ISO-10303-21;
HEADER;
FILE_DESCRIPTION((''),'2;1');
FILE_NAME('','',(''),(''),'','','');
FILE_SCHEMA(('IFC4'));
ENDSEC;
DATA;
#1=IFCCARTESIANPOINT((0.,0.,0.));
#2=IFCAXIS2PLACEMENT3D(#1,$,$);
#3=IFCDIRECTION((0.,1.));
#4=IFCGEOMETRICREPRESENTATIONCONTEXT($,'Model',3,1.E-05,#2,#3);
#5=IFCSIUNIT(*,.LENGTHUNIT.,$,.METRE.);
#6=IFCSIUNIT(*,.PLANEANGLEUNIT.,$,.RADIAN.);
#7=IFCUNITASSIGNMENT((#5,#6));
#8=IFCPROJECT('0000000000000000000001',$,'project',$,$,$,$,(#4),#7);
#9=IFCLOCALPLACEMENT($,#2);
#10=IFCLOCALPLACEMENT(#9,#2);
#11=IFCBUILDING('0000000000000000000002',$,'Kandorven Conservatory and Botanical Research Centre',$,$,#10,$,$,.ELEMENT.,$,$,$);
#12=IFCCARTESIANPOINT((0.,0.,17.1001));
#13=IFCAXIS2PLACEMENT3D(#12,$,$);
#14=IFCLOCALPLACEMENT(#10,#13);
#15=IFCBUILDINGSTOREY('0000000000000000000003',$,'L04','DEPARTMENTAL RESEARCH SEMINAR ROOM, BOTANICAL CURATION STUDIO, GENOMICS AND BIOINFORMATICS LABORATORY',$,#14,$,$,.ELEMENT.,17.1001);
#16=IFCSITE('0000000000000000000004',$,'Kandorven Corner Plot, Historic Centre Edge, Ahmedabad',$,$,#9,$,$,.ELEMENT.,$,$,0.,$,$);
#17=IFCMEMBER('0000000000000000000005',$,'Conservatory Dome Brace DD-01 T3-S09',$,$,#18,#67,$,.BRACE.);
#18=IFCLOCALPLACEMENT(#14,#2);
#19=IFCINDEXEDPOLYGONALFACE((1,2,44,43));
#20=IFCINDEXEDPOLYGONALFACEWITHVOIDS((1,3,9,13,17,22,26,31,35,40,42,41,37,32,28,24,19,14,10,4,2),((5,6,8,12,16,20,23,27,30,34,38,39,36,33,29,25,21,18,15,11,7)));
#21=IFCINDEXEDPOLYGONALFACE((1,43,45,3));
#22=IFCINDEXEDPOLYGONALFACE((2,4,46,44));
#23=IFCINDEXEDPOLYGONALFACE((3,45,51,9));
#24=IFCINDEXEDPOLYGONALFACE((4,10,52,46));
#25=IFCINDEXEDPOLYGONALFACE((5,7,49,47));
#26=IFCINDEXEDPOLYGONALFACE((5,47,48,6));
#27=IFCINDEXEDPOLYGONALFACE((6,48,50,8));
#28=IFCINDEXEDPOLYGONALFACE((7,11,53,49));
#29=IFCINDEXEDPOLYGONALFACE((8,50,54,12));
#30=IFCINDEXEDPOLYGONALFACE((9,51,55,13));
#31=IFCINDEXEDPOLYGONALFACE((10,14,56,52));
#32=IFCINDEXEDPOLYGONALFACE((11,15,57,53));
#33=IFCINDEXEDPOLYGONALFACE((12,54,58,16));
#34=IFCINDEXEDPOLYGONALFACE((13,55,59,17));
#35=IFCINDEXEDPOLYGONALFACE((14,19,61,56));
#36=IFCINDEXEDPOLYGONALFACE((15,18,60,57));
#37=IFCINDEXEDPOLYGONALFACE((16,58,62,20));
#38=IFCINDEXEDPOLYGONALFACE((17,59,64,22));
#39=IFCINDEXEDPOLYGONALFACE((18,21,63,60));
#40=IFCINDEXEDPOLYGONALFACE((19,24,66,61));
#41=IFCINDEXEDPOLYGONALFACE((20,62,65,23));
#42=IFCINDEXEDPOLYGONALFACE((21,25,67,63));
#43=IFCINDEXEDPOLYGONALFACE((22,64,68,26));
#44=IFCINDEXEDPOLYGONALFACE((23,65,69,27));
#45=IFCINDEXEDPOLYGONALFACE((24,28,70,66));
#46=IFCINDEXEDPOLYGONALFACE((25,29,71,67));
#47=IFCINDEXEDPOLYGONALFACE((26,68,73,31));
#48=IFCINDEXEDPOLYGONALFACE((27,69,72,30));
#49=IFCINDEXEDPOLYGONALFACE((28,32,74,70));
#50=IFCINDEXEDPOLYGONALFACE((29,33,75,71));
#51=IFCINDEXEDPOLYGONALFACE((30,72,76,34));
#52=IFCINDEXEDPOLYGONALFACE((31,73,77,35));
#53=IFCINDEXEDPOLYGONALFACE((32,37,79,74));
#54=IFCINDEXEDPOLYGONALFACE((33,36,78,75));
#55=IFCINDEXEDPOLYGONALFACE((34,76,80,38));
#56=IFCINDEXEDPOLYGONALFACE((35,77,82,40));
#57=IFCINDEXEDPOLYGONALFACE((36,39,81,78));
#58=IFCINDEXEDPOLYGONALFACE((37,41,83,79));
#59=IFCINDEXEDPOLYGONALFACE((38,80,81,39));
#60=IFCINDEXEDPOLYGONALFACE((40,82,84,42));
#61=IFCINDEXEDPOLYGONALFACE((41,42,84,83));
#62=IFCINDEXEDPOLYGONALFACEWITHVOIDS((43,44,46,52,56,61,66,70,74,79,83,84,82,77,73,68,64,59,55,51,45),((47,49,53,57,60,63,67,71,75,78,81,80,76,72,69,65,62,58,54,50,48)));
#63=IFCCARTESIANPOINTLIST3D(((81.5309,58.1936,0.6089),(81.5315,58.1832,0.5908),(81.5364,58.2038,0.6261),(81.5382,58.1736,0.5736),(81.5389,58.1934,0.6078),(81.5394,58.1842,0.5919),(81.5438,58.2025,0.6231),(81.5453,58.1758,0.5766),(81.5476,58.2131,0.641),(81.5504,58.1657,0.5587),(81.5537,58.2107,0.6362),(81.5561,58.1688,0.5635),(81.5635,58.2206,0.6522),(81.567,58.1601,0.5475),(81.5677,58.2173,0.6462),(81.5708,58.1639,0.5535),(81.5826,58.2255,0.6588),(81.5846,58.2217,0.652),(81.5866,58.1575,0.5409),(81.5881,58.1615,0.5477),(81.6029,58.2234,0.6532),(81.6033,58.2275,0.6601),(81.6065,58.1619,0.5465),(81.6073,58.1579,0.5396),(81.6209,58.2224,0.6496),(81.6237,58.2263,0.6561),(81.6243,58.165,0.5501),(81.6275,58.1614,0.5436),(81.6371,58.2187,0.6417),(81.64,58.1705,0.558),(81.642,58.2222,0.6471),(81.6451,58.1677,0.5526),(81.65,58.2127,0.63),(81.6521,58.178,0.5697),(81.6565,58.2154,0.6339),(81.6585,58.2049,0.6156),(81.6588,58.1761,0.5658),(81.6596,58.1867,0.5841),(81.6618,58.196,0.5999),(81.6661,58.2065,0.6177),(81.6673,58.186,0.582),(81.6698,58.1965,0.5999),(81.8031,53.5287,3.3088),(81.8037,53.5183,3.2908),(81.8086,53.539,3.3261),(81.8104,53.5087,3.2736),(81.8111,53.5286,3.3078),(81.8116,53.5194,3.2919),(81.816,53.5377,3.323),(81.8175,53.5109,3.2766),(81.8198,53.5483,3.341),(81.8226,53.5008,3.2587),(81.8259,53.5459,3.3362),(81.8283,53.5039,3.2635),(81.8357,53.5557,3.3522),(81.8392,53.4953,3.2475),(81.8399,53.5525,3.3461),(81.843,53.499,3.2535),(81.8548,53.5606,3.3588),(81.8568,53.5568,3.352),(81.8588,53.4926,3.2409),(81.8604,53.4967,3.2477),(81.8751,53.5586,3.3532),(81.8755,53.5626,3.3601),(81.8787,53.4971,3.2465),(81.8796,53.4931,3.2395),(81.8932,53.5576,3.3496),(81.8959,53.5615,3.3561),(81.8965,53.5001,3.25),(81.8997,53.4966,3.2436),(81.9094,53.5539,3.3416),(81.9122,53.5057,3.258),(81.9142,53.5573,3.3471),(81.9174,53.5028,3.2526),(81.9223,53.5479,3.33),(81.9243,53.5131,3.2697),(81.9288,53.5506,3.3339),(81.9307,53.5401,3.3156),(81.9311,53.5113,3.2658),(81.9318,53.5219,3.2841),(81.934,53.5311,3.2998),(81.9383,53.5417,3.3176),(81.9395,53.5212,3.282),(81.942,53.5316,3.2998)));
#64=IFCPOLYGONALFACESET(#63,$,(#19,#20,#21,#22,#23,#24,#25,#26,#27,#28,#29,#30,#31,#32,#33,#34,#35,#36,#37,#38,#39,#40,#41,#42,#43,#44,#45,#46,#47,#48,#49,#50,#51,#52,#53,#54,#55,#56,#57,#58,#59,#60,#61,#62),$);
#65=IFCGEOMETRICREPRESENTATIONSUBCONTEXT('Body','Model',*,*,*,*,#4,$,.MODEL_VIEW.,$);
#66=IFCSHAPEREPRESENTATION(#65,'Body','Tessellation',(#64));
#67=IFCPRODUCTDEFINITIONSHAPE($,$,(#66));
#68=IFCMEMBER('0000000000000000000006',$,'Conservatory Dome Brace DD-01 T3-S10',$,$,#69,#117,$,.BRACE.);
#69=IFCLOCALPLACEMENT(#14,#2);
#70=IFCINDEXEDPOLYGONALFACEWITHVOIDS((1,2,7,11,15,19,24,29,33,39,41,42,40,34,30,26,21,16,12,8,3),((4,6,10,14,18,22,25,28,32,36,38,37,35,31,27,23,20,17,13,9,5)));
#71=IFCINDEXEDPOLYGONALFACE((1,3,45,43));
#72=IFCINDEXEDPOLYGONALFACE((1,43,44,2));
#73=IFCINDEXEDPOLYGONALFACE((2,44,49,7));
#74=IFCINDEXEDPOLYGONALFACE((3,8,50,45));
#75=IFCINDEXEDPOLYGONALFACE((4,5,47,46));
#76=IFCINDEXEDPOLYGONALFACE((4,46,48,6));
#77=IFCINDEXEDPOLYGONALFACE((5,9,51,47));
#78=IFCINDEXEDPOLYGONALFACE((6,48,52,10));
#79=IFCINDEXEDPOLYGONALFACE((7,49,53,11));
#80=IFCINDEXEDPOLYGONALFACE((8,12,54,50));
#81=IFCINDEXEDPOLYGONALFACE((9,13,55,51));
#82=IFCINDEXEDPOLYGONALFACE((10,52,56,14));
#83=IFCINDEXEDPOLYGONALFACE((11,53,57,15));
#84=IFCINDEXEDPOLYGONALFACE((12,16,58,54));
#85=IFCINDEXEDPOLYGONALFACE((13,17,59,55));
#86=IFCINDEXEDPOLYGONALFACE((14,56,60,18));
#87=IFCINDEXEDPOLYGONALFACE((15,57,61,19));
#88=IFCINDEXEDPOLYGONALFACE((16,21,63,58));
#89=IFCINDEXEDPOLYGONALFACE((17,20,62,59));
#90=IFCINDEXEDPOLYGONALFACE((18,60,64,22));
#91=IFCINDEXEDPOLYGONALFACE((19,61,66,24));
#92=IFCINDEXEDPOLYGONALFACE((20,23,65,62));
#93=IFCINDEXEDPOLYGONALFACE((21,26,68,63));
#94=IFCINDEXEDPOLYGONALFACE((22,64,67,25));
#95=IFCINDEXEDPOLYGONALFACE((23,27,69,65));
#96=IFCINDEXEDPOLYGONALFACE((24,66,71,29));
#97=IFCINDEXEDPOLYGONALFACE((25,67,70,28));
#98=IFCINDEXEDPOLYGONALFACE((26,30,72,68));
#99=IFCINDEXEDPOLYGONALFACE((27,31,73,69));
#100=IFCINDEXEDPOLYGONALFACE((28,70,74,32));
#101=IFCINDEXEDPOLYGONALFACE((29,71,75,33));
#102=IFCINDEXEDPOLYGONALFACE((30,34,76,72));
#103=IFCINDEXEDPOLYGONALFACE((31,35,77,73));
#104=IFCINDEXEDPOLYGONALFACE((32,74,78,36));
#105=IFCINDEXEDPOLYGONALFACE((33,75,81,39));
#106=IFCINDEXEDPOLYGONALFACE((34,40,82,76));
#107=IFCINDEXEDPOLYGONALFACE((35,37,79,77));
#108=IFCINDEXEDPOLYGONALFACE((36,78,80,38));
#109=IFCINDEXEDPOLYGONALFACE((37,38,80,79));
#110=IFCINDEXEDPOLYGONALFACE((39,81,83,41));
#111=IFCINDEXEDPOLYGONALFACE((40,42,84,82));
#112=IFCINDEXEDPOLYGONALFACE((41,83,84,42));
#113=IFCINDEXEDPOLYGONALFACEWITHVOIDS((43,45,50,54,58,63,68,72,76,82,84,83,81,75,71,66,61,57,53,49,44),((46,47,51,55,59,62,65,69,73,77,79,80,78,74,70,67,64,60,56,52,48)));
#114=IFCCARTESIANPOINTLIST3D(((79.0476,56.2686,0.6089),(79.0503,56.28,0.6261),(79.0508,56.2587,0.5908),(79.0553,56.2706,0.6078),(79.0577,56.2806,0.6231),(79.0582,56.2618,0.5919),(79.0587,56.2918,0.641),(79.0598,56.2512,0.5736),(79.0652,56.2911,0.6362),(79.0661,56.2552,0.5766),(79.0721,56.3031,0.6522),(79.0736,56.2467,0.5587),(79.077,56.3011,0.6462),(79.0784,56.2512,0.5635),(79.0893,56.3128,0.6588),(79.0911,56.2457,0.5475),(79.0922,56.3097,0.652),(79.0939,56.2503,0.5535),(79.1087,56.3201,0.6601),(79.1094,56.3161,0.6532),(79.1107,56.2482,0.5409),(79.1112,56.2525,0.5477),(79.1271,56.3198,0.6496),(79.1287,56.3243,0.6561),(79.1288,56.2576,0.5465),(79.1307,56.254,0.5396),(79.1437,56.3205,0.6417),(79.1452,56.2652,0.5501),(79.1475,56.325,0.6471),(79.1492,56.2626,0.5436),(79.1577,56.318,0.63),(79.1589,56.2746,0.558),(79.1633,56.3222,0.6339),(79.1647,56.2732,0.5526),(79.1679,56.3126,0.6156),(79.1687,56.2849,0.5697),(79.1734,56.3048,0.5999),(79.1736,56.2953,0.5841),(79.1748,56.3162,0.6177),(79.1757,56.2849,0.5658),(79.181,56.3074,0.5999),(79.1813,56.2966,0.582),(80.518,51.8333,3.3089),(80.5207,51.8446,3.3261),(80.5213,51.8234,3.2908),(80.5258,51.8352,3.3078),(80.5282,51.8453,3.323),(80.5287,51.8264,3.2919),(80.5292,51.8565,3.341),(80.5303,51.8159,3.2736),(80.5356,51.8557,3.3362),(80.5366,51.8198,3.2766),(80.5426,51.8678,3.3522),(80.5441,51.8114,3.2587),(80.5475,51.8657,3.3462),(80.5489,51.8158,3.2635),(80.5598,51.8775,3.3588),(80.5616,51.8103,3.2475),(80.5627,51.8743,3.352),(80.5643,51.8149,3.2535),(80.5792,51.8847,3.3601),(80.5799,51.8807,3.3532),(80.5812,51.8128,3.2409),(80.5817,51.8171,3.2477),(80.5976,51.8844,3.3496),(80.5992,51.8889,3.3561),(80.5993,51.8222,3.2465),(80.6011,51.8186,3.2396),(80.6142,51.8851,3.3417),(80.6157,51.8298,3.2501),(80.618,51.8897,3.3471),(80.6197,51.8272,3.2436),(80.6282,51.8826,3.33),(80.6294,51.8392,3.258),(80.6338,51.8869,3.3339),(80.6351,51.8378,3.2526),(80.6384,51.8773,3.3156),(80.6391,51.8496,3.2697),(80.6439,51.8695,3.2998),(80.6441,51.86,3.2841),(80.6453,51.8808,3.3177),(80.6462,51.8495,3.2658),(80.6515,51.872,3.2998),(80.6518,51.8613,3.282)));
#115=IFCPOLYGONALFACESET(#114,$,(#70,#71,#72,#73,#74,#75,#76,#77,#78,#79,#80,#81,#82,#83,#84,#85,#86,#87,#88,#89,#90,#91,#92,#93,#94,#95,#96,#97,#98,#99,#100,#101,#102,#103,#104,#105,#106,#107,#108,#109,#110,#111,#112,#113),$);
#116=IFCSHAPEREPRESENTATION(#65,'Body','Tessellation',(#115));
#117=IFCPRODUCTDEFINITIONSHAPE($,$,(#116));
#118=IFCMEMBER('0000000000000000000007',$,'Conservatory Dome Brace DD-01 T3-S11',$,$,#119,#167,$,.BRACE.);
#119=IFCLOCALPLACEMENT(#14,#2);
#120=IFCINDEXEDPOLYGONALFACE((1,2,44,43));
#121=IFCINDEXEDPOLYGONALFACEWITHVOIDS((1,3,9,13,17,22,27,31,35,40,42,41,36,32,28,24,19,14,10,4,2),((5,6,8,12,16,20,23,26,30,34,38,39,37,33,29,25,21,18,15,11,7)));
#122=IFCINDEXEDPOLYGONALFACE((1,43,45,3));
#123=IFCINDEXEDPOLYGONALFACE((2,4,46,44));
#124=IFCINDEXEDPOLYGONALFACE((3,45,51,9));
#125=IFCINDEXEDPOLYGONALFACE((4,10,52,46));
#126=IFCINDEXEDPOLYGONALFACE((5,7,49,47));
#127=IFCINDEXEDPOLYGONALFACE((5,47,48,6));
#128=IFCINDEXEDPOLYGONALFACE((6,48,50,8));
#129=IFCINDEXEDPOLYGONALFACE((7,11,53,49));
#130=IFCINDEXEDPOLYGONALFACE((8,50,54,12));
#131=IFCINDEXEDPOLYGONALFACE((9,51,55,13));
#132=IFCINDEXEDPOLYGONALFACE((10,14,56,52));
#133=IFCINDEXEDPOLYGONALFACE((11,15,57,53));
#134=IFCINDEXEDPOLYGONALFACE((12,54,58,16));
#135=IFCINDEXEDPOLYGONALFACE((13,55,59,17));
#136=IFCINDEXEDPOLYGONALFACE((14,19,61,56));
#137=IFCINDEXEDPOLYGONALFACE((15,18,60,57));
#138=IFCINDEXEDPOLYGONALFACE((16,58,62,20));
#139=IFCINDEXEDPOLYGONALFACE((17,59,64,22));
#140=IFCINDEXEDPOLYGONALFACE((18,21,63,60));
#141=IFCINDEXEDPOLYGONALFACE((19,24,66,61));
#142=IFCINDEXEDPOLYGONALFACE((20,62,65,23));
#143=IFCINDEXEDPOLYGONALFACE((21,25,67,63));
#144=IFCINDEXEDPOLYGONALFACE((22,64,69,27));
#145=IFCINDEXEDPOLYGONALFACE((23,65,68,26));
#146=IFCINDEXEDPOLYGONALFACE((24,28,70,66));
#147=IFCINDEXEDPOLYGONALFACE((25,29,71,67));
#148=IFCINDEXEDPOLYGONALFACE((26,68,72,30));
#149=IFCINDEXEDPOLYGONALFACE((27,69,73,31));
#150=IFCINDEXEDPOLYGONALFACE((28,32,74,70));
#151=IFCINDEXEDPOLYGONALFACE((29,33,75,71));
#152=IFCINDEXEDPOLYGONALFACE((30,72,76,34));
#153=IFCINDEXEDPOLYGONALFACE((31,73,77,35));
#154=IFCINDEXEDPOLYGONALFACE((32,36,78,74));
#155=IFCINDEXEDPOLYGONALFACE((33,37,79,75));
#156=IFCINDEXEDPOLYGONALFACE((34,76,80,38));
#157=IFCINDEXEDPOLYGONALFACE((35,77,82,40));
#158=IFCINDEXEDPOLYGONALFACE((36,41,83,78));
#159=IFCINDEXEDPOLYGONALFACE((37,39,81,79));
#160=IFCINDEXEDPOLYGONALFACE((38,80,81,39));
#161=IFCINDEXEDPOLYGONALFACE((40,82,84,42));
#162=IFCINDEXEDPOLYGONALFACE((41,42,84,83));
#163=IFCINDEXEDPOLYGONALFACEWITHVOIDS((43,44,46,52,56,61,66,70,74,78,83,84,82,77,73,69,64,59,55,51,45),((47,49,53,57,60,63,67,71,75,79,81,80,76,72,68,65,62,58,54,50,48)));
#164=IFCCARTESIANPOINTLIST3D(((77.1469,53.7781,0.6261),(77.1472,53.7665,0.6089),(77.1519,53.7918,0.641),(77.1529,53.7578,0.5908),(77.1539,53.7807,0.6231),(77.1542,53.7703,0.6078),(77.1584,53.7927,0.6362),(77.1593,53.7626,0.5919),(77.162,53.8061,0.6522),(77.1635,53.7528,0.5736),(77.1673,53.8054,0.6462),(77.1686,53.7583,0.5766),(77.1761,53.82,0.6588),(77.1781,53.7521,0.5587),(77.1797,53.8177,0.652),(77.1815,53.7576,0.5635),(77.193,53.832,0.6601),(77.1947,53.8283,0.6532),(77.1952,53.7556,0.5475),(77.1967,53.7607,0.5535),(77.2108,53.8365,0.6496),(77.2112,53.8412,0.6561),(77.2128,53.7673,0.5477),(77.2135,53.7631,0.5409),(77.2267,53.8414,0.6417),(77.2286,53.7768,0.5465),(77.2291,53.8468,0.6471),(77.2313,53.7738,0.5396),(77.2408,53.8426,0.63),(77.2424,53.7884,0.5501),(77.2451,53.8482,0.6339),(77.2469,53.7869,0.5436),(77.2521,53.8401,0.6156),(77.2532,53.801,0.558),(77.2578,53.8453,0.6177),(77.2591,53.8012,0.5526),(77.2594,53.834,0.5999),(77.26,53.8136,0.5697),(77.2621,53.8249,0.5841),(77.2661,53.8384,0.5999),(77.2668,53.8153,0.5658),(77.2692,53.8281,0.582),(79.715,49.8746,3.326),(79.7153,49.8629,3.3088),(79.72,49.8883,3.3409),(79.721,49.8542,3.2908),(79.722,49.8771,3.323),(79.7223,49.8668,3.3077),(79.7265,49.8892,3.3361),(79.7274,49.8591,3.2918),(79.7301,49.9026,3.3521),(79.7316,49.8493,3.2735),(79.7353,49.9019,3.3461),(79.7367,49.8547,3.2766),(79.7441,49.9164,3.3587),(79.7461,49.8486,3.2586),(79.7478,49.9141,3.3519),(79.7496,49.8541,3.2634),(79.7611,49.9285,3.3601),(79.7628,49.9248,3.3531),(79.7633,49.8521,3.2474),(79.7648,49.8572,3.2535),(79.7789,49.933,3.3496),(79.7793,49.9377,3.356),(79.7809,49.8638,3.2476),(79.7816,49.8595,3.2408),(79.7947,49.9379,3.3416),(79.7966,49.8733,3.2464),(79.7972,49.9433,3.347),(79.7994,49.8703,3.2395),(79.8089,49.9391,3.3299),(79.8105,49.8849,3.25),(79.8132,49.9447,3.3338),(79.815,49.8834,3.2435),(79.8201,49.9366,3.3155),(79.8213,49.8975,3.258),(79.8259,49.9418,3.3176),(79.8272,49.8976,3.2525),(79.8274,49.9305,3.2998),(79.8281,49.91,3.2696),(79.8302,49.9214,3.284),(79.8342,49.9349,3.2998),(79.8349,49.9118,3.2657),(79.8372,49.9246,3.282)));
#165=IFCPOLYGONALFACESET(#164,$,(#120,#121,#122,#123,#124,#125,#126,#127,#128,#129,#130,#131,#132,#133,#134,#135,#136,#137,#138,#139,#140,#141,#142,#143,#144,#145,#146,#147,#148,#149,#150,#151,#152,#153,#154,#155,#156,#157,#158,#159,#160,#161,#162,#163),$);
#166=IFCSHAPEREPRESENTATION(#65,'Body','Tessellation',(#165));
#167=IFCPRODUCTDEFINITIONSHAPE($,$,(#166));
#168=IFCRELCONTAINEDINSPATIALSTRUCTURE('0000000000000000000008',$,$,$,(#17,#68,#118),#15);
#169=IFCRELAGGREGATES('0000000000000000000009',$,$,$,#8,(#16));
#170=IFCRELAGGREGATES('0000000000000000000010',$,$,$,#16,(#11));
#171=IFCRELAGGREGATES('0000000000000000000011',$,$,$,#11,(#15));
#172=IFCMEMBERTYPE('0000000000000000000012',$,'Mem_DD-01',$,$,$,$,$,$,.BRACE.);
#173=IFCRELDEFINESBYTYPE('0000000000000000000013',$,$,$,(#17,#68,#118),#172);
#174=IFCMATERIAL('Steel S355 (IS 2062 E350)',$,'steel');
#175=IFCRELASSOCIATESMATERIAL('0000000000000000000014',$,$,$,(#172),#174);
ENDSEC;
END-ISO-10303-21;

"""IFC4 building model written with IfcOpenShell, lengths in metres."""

from ifc_helpers import new_model, si_unit, direction, frame, origin, origin_2d, place, context, subcontext, project, spatial, hollow_circle, extrude, material, material_profile, profile_set, type_object, element, save


model = new_model("IFC4")

# Units and contexts
model_context = context("Model", 3, precision=1e-05, world=origin(), true_north=direction((0.0, 1.0)))
body_context = subcontext(model_context, "Body", "Model", "MODEL_VIEW")
ifc_project = project(units=[si_unit("LENGTHUNIT", "METRE"), si_unit("PLANEANGLEUNIT", "RADIAN")], contexts=[model_context])

# Site, building, storey
site_placement = place(None, origin())
site = spatial("IfcSite", under=ifc_project, at=site_placement, Name="Kandorven Corner Plot, Historic Centre Edge, Ahmedabad", CompositionType="ELEMENT", RefElevation=0.0)
building_placement = place(site_placement, origin())
building = spatial("IfcBuilding", under=site, at=building_placement, Name="Kandorven Conservatory and Botanical Research Centre", CompositionType="ELEMENT")
storey_placement = place(building_placement, frame((0.0, 0.0, 17.1001)))
storey = spatial("IfcBuildingStorey", under=building, at=storey_placement, Name="L04", Description="DEPARTMENTAL RESEARCH SEMINAR ROOM, BOTANICAL CURATION STUDIO, GENOMICS AND BIOINFORMATICS LABORATORY", CompositionType="ELEMENT", Elevation=17.1001)

# Members
ifc_material_1 = material(Name="Steel S355 (IS 2062 E350)", Category="steel")
ifc_material_profile_1 = material_profile(ifc_material_1, hollow_circle(Radius=0.0698, WallThickness=0.0081, at=origin_2d()))
ifc_profile_set_1 = profile_set([ifc_material_profile_1], Name="Steel S355 (IS 2062 E350)")
member_type_1 = type_object("IfcMemberType", Name="Mem_DD-01", PredefinedType="BRACE", material=ifc_profile_set_1)
for number, where, z_axis, x_axis, name in (
    (1, (81.6001, 58.1924, 0.5999), (0.050442, -0.864382, 0.500299), (0.998302, 0.058256, 0.0), "Conservatory Dome Brace DD-01 T3-S09"),
    (2, (79.1147, 56.2854, 0.5999), (0.272476, -0.821861, 0.500301), (0.949194, 0.314691, 0.0), "Conservatory Dome Brace DD-01 T3-S10"),
):
    element("IfcMember", number, at=place(storey_placement, frame(where, z_axis=z_axis, x_axis=x_axis)), inside=storey, type_object=member_type_1, Name=name, PredefinedType="BRACE", context=body_context, shape_type="SweptSolid", body=[
        extrude(hollow_circle(Radius=0.0698, WallThickness=0.0081, at=origin_2d()), origin(), (0.0, 0.0, 1.0), 5.3967),
    ])
member_1_placement = place(storey_placement, frame((77.2078, 53.8, 0.5999), z_axis=(0.475881, -0.723344, 0.50031), x_axis=(0.835419, 0.549614, 0.0)))
element("IfcMember", 3, at=member_1_placement, inside=storey, type_object=member_type_1, Name="Conservatory Dome Brace DD-01 T3-S11", PredefinedType="BRACE", context=body_context, shape_type="SweptSolid", body=[
    extrude(hollow_circle(Radius=0.0698, WallThickness=0.0081, at=origin_2d()), origin(), (0.0, 0.0, 1.0), 5.3965),
])

save(model, "model.ifc")
